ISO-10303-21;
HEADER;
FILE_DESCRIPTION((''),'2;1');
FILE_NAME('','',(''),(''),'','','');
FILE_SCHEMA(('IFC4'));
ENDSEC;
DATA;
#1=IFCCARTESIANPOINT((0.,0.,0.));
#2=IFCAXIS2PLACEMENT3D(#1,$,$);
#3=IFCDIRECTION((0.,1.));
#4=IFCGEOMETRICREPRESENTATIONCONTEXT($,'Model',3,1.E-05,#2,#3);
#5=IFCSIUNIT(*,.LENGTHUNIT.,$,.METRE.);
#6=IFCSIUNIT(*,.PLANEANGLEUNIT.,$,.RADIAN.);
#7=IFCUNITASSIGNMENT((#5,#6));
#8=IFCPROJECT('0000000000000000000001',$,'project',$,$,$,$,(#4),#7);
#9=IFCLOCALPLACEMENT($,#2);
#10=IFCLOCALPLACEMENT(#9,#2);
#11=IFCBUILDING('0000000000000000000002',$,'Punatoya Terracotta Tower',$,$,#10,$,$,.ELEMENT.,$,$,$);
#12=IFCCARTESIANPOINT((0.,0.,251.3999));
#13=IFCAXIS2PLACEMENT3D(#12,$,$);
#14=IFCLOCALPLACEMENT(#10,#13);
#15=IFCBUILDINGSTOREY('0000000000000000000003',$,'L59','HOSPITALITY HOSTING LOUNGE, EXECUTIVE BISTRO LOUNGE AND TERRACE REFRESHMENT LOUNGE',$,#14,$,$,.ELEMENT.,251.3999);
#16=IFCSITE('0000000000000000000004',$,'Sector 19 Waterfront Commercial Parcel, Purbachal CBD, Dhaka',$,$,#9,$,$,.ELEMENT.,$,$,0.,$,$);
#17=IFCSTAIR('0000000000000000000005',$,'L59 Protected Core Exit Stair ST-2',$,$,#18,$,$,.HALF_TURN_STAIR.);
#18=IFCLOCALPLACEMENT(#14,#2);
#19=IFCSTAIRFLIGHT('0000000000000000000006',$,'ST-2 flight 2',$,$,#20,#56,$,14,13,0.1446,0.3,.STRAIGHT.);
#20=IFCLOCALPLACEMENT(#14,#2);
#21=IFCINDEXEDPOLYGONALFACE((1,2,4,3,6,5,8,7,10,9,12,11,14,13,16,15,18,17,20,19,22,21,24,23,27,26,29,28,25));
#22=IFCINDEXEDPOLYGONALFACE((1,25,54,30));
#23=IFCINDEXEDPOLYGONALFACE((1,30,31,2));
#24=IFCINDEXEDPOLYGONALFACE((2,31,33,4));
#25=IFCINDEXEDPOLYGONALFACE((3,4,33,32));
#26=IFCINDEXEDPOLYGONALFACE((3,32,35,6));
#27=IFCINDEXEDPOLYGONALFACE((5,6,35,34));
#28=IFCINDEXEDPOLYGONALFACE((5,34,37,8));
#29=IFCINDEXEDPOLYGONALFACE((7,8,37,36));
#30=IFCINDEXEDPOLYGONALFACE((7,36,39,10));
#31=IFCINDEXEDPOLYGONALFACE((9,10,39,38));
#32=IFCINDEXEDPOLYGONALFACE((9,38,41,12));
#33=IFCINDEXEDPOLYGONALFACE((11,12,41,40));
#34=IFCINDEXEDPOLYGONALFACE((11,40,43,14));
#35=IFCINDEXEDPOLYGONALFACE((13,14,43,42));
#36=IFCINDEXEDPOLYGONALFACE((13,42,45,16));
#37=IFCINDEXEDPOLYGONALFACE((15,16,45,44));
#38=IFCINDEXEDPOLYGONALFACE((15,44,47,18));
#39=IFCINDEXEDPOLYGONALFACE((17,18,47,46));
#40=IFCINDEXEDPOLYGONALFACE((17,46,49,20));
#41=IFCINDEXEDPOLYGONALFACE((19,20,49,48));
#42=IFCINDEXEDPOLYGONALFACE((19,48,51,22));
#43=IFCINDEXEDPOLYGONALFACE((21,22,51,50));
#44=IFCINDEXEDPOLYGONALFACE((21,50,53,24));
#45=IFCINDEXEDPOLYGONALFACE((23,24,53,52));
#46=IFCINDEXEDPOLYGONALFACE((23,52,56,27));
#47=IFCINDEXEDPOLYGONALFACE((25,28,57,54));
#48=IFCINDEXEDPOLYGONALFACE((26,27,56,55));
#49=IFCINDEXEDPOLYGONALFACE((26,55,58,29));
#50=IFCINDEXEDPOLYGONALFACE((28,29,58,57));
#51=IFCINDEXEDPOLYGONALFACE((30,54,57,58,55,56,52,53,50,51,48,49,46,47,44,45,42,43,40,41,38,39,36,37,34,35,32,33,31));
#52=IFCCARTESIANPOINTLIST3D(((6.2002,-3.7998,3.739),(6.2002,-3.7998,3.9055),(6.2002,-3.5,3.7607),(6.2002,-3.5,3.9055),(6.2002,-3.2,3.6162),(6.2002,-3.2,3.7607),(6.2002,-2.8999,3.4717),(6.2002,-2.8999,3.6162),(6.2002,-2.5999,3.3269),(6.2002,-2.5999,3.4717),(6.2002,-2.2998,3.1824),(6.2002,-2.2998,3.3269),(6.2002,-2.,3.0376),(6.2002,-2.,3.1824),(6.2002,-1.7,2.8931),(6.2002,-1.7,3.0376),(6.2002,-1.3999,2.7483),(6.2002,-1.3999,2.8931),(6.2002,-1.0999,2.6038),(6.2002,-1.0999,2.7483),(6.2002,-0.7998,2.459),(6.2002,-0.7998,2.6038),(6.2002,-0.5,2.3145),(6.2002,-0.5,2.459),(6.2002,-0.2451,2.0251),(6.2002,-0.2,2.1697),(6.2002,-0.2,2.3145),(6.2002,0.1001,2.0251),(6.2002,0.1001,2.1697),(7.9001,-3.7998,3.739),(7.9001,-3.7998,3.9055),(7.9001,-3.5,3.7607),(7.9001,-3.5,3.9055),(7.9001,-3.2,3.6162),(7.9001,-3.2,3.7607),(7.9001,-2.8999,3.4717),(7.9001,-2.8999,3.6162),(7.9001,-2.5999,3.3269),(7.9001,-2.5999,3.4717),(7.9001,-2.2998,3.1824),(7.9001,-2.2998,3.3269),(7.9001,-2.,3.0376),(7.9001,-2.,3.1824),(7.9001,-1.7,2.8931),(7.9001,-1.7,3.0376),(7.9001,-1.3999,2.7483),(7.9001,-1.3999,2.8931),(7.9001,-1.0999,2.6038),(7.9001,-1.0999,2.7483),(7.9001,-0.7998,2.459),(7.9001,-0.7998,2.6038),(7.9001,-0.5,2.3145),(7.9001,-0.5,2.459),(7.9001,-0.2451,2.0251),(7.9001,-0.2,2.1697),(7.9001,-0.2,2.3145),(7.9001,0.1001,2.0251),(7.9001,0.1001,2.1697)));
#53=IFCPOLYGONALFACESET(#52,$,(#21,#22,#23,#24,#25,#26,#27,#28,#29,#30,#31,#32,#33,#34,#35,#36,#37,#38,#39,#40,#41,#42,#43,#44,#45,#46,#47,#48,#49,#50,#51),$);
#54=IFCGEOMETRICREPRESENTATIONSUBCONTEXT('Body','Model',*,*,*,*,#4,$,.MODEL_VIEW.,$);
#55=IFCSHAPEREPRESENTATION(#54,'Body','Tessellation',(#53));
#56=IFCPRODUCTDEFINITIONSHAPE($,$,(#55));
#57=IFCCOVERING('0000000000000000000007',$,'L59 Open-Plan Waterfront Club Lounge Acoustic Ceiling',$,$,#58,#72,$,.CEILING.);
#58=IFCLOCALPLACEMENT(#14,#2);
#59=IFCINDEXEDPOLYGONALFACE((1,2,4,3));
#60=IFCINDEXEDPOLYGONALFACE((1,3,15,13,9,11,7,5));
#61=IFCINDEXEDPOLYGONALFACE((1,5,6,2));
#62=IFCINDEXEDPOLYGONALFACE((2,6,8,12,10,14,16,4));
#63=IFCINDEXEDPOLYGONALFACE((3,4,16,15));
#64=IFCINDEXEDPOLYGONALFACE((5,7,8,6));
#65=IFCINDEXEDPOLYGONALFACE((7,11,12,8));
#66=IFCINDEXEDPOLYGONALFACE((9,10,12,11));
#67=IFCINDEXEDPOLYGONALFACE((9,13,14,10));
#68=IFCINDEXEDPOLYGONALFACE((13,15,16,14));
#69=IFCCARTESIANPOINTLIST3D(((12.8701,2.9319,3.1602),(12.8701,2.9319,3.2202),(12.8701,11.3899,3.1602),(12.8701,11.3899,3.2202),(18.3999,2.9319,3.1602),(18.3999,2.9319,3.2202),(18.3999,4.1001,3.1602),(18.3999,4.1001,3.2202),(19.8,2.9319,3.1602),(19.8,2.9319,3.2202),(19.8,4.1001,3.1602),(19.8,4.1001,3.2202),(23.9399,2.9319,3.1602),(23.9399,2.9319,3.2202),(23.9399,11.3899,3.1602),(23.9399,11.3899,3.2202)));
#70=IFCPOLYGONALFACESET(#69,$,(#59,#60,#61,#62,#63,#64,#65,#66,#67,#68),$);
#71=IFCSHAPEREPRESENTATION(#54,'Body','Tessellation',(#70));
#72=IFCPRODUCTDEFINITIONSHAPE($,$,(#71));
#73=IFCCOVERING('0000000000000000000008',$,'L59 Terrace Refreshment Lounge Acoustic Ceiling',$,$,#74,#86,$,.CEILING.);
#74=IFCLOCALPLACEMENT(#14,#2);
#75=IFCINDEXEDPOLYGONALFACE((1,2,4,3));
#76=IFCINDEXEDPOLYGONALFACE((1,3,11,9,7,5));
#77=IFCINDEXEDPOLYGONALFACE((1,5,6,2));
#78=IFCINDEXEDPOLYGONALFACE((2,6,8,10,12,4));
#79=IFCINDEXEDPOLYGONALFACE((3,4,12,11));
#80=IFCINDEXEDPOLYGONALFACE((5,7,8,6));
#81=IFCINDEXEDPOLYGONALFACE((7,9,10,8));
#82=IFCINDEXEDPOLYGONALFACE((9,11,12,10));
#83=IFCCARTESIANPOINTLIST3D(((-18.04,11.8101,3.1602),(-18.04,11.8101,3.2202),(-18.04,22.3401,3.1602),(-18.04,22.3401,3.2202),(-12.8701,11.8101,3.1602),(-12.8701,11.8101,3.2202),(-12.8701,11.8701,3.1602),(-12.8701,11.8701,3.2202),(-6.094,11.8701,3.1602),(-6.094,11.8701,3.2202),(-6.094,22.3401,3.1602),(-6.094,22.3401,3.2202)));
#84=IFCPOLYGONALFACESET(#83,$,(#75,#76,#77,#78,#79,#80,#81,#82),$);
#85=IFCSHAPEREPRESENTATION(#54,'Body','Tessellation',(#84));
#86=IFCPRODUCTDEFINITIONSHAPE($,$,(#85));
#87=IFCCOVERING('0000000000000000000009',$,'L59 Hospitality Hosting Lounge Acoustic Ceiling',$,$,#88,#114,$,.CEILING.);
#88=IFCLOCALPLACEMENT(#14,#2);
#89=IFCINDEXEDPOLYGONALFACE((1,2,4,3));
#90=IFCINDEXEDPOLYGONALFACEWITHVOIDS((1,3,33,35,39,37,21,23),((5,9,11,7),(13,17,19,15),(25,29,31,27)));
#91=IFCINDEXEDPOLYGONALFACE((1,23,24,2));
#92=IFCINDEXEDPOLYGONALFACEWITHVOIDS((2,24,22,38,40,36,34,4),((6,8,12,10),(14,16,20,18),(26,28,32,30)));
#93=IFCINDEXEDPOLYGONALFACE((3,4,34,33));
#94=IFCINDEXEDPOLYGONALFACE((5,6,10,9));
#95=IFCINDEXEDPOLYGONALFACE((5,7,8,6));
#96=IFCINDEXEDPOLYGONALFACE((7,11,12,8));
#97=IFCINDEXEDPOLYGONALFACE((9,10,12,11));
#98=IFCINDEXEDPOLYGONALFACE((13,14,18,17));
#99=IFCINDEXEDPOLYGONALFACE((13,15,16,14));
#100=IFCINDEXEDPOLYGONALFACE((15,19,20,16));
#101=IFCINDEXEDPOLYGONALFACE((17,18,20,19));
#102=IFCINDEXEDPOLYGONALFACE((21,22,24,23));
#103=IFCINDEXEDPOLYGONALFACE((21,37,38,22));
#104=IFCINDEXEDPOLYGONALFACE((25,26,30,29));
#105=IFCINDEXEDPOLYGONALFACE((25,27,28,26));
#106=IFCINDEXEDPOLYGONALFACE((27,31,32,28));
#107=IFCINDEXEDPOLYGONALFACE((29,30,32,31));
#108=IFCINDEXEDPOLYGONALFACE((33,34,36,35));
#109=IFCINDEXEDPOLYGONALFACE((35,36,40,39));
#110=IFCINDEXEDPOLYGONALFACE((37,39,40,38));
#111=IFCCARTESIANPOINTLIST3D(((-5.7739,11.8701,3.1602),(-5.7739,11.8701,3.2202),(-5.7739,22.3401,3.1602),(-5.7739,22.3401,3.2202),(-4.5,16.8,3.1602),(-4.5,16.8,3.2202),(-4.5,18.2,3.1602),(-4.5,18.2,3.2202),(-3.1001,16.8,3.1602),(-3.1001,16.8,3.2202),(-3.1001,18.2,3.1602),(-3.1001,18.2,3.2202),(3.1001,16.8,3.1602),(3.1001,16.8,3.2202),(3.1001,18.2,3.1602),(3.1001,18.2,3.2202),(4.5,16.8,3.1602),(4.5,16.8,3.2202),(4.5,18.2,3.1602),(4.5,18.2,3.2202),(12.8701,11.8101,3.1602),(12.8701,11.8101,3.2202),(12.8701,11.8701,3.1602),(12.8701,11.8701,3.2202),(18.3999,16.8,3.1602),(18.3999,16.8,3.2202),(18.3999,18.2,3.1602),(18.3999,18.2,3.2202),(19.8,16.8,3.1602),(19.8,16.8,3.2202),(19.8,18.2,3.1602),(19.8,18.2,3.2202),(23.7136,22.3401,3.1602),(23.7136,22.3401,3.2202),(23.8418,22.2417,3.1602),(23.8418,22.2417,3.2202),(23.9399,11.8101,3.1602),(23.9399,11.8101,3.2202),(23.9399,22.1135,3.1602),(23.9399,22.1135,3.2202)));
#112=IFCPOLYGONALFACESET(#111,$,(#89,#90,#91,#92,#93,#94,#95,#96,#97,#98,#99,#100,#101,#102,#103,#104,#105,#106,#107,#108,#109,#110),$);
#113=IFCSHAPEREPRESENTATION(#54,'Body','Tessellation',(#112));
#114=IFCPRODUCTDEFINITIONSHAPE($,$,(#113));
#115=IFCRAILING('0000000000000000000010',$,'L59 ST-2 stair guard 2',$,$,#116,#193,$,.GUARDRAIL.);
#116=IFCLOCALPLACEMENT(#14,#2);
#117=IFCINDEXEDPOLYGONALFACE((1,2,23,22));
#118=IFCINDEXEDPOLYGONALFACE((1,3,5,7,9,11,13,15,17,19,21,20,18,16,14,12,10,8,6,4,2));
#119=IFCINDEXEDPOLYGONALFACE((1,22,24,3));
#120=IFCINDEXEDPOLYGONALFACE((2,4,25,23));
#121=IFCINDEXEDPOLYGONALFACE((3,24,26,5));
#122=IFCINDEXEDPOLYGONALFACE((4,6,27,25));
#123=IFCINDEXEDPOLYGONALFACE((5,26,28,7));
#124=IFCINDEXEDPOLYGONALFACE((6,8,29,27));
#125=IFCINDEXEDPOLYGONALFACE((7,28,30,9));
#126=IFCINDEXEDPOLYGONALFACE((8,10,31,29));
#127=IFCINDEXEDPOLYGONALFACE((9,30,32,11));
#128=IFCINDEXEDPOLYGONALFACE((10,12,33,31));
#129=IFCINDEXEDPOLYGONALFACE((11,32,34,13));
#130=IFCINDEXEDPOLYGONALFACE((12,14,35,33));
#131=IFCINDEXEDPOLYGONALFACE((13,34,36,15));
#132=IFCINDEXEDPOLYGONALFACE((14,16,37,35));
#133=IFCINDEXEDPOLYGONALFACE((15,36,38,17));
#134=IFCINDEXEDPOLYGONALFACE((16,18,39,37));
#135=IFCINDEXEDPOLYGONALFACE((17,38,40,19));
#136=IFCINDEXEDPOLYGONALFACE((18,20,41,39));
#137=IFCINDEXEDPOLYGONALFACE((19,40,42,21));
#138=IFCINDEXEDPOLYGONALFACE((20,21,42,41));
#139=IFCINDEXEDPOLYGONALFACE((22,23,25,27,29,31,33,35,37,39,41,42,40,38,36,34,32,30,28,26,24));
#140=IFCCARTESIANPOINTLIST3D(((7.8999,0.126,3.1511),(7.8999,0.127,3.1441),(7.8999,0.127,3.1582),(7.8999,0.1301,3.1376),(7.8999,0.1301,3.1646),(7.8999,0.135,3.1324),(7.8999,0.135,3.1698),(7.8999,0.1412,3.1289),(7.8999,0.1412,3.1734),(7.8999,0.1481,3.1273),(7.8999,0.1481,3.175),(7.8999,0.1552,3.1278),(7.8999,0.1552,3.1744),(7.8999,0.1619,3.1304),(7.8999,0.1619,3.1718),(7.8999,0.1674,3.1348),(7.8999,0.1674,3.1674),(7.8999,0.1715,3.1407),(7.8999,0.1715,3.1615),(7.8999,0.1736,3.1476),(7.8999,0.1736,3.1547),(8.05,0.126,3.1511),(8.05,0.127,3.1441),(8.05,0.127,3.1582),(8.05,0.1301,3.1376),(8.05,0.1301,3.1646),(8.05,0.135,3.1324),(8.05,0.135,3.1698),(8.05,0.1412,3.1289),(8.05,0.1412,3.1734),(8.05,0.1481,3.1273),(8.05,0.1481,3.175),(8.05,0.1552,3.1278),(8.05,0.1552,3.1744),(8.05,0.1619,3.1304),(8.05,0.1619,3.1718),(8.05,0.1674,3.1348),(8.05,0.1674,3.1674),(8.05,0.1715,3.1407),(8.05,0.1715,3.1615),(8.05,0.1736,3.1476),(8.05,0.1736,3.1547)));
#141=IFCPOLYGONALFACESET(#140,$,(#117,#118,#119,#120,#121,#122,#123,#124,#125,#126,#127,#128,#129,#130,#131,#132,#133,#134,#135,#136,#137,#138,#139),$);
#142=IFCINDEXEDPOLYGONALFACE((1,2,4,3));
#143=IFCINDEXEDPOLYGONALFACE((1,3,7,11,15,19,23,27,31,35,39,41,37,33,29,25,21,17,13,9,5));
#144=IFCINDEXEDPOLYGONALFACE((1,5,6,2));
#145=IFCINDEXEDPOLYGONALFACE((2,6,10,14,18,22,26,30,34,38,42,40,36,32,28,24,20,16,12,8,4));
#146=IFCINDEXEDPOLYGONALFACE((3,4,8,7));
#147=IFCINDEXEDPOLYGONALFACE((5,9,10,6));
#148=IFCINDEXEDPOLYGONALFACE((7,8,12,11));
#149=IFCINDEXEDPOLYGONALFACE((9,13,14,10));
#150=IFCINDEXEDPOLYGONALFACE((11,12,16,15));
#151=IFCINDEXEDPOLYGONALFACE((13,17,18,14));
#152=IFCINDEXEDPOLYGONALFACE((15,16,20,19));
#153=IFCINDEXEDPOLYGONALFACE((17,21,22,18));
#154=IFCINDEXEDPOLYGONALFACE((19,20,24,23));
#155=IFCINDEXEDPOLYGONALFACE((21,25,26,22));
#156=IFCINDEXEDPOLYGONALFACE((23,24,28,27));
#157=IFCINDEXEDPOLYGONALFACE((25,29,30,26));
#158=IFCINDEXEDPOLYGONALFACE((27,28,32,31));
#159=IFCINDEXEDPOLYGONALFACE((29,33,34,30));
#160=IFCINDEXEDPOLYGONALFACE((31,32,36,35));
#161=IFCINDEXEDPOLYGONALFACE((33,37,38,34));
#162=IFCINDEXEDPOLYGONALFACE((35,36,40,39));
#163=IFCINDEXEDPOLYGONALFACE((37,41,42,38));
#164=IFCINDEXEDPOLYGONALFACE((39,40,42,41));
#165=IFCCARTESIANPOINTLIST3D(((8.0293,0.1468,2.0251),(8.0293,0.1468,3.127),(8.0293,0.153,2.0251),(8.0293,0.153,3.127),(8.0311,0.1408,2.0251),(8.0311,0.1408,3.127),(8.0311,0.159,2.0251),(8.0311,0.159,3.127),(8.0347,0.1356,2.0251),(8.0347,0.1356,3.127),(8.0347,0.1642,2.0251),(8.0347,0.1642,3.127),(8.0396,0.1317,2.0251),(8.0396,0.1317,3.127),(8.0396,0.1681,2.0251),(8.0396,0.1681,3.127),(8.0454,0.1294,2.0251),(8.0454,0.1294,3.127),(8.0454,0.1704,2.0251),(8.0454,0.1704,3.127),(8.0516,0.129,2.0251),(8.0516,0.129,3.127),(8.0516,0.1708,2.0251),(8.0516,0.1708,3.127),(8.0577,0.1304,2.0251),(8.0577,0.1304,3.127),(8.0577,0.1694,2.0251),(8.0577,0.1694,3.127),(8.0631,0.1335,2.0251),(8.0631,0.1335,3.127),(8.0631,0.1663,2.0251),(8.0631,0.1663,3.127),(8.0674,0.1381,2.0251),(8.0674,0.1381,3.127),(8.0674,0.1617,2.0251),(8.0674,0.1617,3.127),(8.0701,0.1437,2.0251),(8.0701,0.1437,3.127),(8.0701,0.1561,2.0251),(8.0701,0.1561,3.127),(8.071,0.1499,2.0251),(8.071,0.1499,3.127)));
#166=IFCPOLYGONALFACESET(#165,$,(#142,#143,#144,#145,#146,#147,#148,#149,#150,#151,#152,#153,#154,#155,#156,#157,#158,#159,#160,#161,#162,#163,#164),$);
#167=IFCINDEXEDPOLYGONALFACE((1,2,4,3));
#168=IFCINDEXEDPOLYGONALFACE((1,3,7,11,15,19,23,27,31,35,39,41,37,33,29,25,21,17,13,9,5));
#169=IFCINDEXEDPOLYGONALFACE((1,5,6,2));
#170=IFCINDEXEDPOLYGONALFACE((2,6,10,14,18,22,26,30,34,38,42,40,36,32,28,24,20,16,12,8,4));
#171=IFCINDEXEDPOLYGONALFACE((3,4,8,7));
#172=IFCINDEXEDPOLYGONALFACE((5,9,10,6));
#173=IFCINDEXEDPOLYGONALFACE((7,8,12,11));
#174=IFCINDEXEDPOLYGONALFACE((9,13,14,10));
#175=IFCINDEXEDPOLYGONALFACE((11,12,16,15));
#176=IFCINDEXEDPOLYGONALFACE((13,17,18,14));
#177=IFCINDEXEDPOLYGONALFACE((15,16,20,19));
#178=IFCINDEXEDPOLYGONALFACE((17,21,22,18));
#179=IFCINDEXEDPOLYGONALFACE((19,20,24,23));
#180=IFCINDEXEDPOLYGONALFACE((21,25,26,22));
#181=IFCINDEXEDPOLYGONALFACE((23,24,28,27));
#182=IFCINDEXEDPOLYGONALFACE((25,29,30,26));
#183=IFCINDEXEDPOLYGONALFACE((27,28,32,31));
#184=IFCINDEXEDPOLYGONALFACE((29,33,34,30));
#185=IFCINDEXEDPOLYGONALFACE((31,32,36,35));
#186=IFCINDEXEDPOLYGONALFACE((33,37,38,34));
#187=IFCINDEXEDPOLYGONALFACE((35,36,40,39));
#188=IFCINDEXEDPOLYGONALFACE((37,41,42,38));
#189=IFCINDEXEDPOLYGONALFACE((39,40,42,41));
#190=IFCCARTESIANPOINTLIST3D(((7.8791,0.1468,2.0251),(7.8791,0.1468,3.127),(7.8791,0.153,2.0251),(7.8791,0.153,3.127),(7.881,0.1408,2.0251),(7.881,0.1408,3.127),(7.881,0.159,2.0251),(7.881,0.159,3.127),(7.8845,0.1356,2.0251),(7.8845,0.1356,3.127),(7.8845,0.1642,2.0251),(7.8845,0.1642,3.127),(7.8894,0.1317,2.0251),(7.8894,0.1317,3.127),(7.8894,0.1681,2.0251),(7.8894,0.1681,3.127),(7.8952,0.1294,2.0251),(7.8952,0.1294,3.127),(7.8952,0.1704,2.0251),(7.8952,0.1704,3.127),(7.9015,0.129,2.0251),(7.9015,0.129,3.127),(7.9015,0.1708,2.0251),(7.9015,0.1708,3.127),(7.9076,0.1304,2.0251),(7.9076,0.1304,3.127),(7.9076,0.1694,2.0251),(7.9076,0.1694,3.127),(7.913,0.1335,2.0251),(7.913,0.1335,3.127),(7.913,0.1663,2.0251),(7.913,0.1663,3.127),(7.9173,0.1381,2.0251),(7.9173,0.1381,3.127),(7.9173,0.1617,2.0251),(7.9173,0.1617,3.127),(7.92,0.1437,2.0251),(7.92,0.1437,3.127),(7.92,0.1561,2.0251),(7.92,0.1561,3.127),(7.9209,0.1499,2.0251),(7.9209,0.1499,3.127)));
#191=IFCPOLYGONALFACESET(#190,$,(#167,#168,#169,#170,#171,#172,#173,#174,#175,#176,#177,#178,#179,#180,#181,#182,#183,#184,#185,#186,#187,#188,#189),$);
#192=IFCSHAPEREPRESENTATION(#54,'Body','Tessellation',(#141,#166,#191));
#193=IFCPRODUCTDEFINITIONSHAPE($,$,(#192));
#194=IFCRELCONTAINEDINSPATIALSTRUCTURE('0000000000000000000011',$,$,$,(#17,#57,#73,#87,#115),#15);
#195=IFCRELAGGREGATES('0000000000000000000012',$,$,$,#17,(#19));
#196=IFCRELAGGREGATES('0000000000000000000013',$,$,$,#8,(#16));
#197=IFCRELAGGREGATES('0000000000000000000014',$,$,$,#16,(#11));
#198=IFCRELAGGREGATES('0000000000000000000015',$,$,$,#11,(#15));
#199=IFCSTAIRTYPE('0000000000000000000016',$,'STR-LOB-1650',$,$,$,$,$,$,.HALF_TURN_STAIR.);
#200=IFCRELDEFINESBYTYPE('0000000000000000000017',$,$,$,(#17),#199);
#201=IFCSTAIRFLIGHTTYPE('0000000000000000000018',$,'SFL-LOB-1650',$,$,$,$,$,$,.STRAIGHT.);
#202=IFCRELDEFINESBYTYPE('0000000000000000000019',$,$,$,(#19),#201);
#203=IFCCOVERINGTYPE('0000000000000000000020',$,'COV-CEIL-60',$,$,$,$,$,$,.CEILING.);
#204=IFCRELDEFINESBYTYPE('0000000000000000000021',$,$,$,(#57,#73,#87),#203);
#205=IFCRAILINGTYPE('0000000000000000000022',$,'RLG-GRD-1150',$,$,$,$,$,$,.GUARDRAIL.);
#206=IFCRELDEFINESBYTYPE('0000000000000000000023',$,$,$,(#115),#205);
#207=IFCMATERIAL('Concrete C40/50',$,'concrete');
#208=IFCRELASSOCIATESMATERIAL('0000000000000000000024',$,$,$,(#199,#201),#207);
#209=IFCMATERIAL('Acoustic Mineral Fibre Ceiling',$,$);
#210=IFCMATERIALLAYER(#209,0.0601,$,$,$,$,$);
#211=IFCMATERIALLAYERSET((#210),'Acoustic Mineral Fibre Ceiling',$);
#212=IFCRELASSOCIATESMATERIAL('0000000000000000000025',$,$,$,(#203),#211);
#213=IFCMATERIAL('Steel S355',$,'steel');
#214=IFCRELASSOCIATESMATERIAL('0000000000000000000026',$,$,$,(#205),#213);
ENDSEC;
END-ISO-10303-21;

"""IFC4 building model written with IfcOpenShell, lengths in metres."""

from ifc_helpers import new_model, si_unit, direction, frame, origin, origin_2d, place, context, subcontext, project, spatial, polyline, circle, outline, extrude, material, layer, layer_set, type_object, element, aggregate, save


model = new_model("IFC4")

# Units and contexts
model_context = context("Model", 3, precision=1e-05, world=origin(), true_north=direction((0.0, 1.0)))
body_context = subcontext(model_context, "Body", "Model", "MODEL_VIEW")
ifc_project = project(units=[si_unit("LENGTHUNIT", "METRE"), si_unit("PLANEANGLEUNIT", "RADIAN")], contexts=[model_context])

# Site, building, storey
site_placement = place(None, origin())
site = spatial("IfcSite", under=ifc_project, at=site_placement, Name="Sector 19 Waterfront Commercial Parcel, Purbachal CBD, Dhaka", CompositionType="ELEMENT", RefElevation=0.0)
building_placement = place(site_placement, origin())
building = spatial("IfcBuilding", under=site, at=building_placement, Name="Punatoya Terracotta Tower", CompositionType="ELEMENT")
storey_placement = place(building_placement, frame((0.0, 0.0, 251.3999)))
storey = spatial("IfcBuildingStorey", under=building, at=storey_placement, Name="L59", Description="HOSPITALITY HOSTING LOUNGE, EXECUTIVE BISTRO LOUNGE AND TERRACE REFRESHMENT LOUNGE", CompositionType="ELEMENT", Elevation=251.3999)

# Shared definitions
ifc_material_1 = material(Name="Steel S355", Category="steel")

# Shared definitions
ifc_material_2 = material(Name="Concrete C40/50", Category="concrete")

# Stair, stair flight
stair_type = type_object("IfcStairType", Name="STR-LOB-1650", PredefinedType="HALF_TURN_STAIR", material=ifc_material_2)
stair_placement = place(storey_placement, origin())
stair = element("IfcStair", 1, at=stair_placement, inside=storey, type_object=stair_type, Name="L59 Protected Core Exit Stair ST-2", PredefinedType="HALF_TURN_STAIR")
stair_flight_type = type_object("IfcStairFlightType", Name="SFL-LOB-1650", PredefinedType="STRAIGHT", material=ifc_material_2)
stair_flight_placement = place(storey_placement, frame((7.05, 0.1001, 2.0251), z_axis=(0.0, 0.0, 1.0), x_axis=(0.0, -1.0, 0.0)))
stair_flight = element("IfcStairFlight", 2, at=stair_flight_placement, type_object=stair_flight_type, Name="ST-2 flight 2", NumberOfRisers=14, NumberOfTreads=13, PredefinedType="STRAIGHT", RiserHeight=0.1446, TreadLength=0.3, context=body_context, shape_type="SweptSolid", body=[
    extrude(outline(polyline([(0.0, 0.0), (0.0, 0.1445), (0.3, 0.1445), (0.3, 0.2893), (0.6001, 0.2893), (0.6001, 0.4338), (0.8999, 0.4338), (0.8999, 0.5786), (1.2, 0.5786), (1.2, 0.7231), (1.5, 0.7231), (1.5, 0.8679), (1.8, 0.8679), (1.8, 1.0125), (2.1001, 1.0125), (2.1001, 1.1572), (2.3999, 1.1572), (2.3999, 1.3018), (2.7, 1.3018), (2.7, 1.4465), (3.0, 1.4465), (3.0, 1.5911), (3.3, 1.5911), (3.3, 1.7356), (3.6001, 1.7356), (3.6001, 1.8804), (3.8999, 1.8804), (3.8999, 2.0249), (3.8999, 1.7139), (0.3452, 0.0), (0.0, 0.0)])), frame((0.0, 0.8501, 0.0), z_axis=(0.0, -1.0, 0.0), x_axis=(1.0, 0.0, 0.0)), (0.0, 0.0, 1.0), 1.7),
])
aggregate(stair, [stair_flight])

# Coverings
ifc_material_3 = material(Name="Acoustic Mineral Fibre Ceiling")
ifc_layer_1 = layer(ifc_material_3, 0.0601)
ifc_layer_set_1 = layer_set([ifc_layer_1], Name="Acoustic Mineral Fibre Ceiling")
covering_type = type_object("IfcCoveringType", Name="COV-CEIL-60", PredefinedType="CEILING", material=ifc_layer_set_1)
covering_1_placement = place(storey_placement, frame((0.0, 0.0, 3.1602)))
element("IfcCovering", 3, at=covering_1_placement, inside=storey, type_object=covering_type, Name="L59 Open-Plan Waterfront Club Lounge Acoustic Ceiling", PredefinedType="CEILING", context=body_context, shape_type="SweptSolid", body=[
    extrude(outline(polyline([(18.3999, 2.9319), (18.3999, 4.1001), (19.8, 4.1001), (19.8, 2.9319), (23.9399, 2.9319), (23.9399, 11.3899), (12.8701, 11.3899), (12.8701, 2.9319), (18.3999, 2.9319)])), origin(), (0.0, 0.0, 1.0), 0.0601),
])
covering_2_placement = place(storey_placement, frame((0.0, 0.0, 3.1602)))
element("IfcCovering", 4, at=covering_2_placement, inside=storey, type_object=covering_type, Name="L59 Terrace Refreshment Lounge Acoustic Ceiling", PredefinedType="CEILING", context=body_context, shape_type="SweptSolid", body=[
    extrude(outline(polyline([(-12.8701, 11.8101), (-12.8701, 11.8701), (-6.094, 11.8701), (-6.094, 22.3401), (-18.04, 22.3401), (-18.04, 11.8101), (-12.8701, 11.8101)])), origin(), (0.0, 0.0, 1.0), 0.0601),
])
covering_3_placement = place(storey_placement, frame((0.0, 0.0, 3.1602)))
element("IfcCovering", 5, at=covering_3_placement, inside=storey, type_object=covering_type, Name="L59 Hospitality Hosting Lounge Acoustic Ceiling", PredefinedType="CEILING", context=body_context, shape_type="SweptSolid", body=[
    extrude(outline(polyline([(12.8701, 11.8101), (23.9399, 11.8101), (23.9399, 22.1135), (23.8418, 22.2417), (23.7136, 22.3401), (-5.7739, 22.3401), (-5.7739, 11.8701), (12.8701, 11.8701), (12.8701, 11.8101)]), holes=[polyline([(19.8, 18.2), (19.8, 16.8), (18.3999, 16.8), (18.3999, 18.2), (19.8, 18.2)]), polyline([(4.5, 16.8), (3.1001, 16.8), (3.1001, 18.2), (4.5, 18.2), (4.5, 16.8)]), polyline([(-4.5, 16.8), (-4.5, 18.2), (-3.1001, 18.2), (-3.1001, 16.8), (-4.5, 16.8)])]), origin(), (0.0, 0.0, 1.0), 0.0601),
])

# Railing
railing_type_1 = type_object("IfcRailingType", Name="RLG-GRD-1150", PredefinedType="GUARDRAIL", material=ifc_material_1)
railing_1_placement = place(storey_placement, frame((8.05, 0.1499, 2.0251)))
element("IfcRailing", 6, at=railing_1_placement, inside=storey, type_object=railing_type_1, Name="L59 ST-2 stair guard 2", PredefinedType="GUARDRAIL", context=body_context, shape_type="SweptSolid", body=[
    extrude(circle(Radius=0.0239, at=origin_2d()), frame((0.0, 0.0, 1.126), z_axis=(-1.0, 0.0, 0.0), x_axis=(0.0, -1.0, 0.0)), (0.0, 0.0, 1.0), 0.1501),
    extrude(circle(Radius=0.021, at=origin_2d()), origin(), (0.0, 0.0, 1.0), 1.1018),
    extrude(circle(Radius=0.021, at=origin_2d()), frame((-0.1501, 0.0, 0.0)), (0.0, 0.0, 1.0), 1.1018),
])

save(model, "model.ifc")
